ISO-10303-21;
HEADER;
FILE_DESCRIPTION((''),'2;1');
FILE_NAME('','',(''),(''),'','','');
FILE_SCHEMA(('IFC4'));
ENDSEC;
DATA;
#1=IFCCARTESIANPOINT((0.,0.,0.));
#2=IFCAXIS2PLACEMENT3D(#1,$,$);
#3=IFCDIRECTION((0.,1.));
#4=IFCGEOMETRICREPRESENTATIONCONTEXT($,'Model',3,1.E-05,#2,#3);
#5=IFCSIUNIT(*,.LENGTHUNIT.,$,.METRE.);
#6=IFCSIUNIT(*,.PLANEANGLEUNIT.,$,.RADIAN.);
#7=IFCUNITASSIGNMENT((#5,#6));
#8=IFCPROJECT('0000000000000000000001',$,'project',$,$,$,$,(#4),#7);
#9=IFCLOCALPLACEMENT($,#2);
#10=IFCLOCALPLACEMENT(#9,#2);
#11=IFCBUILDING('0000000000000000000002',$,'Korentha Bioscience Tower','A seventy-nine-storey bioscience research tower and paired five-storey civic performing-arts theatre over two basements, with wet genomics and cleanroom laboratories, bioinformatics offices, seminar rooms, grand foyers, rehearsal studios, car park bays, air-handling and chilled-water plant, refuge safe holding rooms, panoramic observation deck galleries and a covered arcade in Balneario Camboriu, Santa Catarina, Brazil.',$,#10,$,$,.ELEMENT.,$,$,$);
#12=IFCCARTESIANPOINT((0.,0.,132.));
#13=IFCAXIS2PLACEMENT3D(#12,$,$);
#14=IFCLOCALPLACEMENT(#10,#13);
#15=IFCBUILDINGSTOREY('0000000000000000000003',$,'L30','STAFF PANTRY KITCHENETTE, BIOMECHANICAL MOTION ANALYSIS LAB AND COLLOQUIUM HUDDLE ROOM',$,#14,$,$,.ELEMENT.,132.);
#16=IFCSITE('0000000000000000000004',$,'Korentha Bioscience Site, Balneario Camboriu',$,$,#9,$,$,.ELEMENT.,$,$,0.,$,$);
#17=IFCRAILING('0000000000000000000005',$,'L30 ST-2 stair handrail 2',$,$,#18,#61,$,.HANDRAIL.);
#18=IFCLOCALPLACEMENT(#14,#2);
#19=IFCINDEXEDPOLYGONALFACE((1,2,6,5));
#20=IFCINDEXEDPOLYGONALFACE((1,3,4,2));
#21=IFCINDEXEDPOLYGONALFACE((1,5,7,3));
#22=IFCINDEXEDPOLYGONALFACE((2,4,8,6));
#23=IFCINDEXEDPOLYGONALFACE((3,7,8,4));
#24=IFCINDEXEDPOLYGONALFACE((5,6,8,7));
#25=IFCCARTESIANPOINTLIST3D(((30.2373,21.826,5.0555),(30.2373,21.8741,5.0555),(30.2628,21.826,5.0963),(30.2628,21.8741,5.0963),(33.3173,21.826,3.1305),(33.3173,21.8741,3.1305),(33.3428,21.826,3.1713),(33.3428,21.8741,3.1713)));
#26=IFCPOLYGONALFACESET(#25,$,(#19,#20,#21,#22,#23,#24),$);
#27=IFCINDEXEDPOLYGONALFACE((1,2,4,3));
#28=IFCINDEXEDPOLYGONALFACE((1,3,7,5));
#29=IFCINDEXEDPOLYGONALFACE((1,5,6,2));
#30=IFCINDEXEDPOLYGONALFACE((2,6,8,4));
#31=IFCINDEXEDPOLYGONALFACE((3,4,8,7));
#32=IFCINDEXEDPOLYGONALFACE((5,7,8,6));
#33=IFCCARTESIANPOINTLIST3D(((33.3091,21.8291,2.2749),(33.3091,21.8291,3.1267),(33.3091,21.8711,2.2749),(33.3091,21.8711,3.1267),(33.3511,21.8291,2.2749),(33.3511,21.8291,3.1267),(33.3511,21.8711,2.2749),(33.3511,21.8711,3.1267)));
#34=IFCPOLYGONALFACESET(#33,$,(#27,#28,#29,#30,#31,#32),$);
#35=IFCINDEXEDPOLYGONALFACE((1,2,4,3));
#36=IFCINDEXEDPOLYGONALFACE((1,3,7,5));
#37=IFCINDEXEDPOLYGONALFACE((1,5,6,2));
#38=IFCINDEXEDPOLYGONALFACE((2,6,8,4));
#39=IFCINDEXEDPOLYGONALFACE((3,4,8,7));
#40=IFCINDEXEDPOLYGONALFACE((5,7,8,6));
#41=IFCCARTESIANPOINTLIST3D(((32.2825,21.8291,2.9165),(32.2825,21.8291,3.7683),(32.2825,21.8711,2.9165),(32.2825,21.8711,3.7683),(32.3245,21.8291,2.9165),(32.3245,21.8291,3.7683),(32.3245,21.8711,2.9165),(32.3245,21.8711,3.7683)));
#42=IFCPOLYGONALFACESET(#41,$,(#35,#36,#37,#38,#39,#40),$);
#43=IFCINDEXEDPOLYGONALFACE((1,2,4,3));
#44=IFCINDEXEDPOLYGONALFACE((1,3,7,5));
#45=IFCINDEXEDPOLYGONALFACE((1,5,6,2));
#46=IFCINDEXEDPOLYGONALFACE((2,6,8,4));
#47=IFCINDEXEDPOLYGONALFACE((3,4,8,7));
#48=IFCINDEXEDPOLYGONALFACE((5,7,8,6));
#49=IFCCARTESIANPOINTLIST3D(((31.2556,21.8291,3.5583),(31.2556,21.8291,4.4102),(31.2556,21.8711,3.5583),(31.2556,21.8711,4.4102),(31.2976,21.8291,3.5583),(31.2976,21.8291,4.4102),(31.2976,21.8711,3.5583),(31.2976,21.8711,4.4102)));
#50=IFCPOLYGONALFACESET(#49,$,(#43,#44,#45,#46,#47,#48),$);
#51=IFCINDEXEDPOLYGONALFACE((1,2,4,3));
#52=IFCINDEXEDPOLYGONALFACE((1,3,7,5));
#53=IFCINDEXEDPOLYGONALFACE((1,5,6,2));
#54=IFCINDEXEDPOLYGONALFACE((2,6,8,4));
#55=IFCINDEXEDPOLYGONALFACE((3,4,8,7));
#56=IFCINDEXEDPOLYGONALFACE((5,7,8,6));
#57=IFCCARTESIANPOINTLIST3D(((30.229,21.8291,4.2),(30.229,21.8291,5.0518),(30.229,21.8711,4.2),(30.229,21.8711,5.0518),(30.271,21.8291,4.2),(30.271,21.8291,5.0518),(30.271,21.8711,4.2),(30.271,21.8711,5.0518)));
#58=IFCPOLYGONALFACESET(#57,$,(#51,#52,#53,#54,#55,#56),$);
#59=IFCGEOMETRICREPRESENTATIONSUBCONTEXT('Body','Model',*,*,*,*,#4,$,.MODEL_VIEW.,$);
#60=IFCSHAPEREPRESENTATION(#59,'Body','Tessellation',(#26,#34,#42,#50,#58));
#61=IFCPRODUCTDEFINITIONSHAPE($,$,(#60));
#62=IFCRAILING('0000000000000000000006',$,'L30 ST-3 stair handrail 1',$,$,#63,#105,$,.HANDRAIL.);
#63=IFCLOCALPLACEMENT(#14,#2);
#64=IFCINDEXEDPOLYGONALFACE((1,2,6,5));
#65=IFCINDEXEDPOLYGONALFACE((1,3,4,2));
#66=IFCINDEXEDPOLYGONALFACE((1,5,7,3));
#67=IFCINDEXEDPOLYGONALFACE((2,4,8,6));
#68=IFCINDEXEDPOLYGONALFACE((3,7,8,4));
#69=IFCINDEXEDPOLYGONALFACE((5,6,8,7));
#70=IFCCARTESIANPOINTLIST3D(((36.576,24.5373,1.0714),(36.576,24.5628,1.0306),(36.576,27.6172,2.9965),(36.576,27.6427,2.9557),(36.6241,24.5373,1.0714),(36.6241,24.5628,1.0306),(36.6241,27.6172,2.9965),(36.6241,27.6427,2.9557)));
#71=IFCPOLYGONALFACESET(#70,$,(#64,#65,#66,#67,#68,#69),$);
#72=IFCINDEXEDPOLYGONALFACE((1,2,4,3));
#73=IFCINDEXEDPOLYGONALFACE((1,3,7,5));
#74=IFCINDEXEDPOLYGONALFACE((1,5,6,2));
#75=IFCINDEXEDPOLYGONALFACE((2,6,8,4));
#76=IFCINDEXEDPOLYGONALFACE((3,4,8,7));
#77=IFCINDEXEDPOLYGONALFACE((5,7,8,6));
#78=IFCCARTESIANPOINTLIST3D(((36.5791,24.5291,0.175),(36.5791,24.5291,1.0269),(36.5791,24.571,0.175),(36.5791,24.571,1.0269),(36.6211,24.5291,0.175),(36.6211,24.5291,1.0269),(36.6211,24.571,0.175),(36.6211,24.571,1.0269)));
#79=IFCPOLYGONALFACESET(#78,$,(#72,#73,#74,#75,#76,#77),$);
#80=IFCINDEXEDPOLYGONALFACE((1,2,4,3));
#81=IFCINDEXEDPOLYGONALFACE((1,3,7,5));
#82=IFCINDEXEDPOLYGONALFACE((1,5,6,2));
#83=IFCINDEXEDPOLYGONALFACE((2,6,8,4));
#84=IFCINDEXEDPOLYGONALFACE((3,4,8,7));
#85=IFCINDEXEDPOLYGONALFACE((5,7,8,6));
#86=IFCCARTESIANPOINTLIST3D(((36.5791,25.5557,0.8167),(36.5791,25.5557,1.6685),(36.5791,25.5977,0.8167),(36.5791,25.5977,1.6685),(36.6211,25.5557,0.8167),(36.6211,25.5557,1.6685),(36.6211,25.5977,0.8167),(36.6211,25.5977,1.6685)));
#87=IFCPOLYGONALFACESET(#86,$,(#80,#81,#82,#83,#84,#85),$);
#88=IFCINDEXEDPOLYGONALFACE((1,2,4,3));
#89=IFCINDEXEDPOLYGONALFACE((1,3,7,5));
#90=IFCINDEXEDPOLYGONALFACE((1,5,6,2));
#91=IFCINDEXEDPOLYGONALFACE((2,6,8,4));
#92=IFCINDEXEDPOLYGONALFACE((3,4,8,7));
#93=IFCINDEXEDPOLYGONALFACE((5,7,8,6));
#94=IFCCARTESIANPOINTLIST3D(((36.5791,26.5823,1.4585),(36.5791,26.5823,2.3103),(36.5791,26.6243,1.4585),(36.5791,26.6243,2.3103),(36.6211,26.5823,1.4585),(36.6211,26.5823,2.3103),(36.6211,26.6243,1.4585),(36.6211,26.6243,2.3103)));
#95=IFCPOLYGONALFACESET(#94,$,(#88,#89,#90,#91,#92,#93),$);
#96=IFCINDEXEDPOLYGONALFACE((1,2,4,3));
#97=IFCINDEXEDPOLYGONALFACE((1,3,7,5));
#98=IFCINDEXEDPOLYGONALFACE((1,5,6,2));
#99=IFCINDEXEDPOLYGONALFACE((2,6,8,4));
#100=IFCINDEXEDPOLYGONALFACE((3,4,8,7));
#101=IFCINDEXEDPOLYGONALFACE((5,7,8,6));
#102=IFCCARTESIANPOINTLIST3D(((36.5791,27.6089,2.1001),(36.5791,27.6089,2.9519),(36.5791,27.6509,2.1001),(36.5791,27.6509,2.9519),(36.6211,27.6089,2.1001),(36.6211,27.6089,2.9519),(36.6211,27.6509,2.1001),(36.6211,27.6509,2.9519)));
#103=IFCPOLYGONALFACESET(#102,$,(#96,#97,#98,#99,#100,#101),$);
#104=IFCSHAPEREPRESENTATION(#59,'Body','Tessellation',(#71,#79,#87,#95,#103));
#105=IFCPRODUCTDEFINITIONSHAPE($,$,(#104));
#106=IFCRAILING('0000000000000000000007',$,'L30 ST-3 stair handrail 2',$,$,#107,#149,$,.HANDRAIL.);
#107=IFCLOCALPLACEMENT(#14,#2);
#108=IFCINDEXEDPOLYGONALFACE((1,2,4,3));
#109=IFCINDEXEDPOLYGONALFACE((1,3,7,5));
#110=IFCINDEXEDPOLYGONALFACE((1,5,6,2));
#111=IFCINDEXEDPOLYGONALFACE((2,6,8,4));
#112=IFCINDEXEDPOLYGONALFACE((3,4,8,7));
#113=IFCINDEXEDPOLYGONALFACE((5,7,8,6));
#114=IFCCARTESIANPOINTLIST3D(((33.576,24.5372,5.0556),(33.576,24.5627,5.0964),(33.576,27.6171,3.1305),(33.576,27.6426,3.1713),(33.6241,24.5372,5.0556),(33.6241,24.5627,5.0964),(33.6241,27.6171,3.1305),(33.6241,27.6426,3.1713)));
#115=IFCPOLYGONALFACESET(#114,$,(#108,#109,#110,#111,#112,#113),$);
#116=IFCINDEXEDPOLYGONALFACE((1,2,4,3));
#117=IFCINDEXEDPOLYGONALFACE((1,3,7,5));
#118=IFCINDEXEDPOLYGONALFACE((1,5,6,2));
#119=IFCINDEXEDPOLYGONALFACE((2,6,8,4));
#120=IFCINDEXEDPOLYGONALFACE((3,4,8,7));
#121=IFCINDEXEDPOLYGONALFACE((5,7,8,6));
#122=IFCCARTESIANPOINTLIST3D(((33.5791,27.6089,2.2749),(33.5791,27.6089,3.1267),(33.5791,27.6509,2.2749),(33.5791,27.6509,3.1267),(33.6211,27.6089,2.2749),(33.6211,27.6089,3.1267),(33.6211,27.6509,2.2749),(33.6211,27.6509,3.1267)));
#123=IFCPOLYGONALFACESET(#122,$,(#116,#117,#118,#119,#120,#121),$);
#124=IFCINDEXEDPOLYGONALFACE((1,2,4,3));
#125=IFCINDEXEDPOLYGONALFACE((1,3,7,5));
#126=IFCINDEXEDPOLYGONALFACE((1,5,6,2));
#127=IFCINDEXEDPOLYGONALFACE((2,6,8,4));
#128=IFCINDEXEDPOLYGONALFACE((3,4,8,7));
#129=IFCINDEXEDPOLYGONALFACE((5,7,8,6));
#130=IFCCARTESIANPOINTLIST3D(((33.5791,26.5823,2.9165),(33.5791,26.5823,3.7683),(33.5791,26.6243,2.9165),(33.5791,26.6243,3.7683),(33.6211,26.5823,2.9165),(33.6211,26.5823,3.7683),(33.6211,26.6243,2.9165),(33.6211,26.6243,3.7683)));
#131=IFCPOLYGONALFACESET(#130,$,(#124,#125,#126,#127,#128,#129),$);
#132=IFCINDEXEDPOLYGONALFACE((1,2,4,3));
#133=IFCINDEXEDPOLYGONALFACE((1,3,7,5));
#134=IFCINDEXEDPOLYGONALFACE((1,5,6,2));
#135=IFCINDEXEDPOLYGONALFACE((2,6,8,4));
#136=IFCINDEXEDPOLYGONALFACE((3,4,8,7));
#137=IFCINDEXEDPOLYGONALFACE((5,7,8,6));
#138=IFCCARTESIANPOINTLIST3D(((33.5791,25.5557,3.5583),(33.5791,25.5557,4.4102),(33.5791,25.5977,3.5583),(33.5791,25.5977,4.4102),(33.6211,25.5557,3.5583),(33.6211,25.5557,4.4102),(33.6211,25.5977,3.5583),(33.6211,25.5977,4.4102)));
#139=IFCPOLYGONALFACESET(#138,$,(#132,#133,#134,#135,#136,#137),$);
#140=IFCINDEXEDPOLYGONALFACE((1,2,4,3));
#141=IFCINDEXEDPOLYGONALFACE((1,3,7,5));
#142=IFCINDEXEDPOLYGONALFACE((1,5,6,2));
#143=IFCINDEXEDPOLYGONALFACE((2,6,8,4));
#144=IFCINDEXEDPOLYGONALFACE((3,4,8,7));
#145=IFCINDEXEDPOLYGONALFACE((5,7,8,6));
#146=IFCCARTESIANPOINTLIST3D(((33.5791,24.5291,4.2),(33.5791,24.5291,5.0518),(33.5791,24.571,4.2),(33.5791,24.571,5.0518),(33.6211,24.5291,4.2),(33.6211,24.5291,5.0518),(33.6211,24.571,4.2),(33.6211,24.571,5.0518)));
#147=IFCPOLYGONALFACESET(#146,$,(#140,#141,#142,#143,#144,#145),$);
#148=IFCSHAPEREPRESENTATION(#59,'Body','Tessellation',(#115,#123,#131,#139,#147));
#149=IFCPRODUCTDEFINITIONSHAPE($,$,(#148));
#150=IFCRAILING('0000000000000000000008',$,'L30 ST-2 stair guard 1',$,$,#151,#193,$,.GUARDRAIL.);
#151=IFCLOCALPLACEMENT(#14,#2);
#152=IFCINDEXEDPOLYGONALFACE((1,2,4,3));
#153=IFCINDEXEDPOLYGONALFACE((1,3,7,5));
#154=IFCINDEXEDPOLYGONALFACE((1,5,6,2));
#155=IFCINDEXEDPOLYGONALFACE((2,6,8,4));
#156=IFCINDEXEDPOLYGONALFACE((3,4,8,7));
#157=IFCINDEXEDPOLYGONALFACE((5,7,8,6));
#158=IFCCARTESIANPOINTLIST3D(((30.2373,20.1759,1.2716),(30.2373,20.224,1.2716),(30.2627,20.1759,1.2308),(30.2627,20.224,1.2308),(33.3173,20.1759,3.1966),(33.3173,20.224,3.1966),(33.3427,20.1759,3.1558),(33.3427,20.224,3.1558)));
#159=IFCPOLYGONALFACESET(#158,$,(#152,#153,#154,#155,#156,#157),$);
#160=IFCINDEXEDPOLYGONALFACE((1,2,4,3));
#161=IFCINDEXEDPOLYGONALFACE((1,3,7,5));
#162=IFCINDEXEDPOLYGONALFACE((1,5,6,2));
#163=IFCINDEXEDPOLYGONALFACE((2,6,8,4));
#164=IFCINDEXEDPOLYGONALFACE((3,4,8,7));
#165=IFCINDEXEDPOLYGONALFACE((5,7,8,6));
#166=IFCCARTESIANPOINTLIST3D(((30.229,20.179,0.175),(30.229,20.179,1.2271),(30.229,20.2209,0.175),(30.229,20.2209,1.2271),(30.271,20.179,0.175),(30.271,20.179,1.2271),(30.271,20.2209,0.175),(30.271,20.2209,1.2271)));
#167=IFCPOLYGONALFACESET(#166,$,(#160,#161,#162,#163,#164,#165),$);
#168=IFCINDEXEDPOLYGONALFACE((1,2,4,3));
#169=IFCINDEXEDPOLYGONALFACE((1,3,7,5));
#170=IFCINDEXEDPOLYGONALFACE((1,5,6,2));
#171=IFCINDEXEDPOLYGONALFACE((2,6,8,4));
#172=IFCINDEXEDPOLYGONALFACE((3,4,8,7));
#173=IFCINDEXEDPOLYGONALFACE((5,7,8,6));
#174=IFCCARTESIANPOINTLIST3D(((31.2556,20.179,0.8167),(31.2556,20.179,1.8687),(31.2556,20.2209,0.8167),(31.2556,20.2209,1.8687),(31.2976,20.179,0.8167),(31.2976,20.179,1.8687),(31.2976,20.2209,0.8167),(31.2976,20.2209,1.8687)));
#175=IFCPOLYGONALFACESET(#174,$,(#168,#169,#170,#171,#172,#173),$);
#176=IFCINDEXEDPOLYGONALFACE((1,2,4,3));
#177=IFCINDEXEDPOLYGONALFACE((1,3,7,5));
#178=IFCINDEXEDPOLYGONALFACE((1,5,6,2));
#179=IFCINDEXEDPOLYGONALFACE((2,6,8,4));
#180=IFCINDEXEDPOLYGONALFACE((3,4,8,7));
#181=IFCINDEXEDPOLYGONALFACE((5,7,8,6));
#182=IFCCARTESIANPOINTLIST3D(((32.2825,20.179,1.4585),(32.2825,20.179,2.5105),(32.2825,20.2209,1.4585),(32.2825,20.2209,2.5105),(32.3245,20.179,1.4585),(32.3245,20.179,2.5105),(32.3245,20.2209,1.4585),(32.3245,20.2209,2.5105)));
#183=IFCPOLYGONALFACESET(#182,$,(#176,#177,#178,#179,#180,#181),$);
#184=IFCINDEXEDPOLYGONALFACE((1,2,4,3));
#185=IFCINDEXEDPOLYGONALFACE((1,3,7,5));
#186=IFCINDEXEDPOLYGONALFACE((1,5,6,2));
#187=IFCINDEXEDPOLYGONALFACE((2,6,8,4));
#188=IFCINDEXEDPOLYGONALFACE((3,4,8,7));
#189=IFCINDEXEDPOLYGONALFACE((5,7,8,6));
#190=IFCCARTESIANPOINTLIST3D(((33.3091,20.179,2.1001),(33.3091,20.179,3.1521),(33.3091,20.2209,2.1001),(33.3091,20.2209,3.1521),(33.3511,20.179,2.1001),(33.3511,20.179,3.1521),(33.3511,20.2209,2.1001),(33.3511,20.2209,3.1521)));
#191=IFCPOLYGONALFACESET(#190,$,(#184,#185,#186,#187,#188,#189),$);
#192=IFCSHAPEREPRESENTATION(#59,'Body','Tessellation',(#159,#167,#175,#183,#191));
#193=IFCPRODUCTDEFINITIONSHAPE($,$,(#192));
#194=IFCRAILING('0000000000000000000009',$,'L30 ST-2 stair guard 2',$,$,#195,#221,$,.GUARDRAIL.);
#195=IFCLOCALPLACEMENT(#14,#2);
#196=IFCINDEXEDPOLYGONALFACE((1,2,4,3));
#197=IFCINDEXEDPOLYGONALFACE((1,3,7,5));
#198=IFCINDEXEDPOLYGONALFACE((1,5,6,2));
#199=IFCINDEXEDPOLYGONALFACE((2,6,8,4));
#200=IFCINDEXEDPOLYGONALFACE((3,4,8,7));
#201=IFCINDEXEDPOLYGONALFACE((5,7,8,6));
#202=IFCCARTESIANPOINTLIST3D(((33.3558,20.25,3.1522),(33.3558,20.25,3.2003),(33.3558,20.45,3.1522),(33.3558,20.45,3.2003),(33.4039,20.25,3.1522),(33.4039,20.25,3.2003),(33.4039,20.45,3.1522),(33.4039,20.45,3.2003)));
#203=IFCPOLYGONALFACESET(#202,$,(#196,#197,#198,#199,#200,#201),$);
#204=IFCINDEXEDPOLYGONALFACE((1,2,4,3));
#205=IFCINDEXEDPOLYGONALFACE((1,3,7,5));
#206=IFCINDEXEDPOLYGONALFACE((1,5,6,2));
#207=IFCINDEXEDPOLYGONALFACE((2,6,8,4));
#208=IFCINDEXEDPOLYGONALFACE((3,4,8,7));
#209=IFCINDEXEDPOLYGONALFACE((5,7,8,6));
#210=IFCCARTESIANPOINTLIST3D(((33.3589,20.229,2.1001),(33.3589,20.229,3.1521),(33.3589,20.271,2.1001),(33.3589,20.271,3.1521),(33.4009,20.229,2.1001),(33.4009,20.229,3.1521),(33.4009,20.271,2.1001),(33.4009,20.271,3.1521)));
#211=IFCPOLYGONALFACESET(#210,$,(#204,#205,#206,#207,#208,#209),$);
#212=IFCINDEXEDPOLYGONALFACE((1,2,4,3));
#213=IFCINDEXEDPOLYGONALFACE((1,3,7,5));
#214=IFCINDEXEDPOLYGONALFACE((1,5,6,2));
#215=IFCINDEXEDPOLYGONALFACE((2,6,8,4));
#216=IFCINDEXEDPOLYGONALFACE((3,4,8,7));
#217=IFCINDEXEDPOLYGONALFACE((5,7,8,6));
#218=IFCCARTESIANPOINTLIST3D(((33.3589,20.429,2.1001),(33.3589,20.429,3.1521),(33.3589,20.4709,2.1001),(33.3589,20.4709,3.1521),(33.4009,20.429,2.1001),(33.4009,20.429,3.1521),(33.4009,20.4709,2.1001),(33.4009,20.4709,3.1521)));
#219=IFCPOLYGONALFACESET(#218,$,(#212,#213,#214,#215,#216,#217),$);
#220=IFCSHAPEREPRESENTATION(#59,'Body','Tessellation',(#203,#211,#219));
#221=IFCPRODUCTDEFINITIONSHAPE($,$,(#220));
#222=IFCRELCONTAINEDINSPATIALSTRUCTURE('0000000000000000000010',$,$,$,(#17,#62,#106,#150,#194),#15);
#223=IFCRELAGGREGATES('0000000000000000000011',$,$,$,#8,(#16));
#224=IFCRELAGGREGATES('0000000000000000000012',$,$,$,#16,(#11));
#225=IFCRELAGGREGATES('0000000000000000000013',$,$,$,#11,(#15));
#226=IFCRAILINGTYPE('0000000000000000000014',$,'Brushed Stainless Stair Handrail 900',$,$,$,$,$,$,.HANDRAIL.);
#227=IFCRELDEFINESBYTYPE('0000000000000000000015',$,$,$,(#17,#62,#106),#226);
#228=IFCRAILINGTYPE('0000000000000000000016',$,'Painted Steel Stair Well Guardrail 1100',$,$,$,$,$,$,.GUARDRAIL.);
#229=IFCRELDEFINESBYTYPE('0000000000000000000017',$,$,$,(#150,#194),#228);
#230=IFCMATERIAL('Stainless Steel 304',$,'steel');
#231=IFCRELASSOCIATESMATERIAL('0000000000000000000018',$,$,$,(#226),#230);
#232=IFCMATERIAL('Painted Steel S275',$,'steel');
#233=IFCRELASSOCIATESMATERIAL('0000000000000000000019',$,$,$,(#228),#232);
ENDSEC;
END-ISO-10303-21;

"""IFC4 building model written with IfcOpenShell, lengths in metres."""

from ifc_helpers import new_model, si_unit, direction, frame, origin, origin_2d, place, context, subcontext, project, spatial, rectangle, extrude, material, type_object, element, save


model = new_model("IFC4")

# Units and contexts
model_context = context("Model", 3, precision=1e-05, world=origin(), true_north=direction((0.0, 1.0)))
body_context = subcontext(model_context, "Body", "Model", "MODEL_VIEW")
ifc_project = project(units=[si_unit("LENGTHUNIT", "METRE"), si_unit("PLANEANGLEUNIT", "RADIAN")], contexts=[model_context])

# Site, building, storey
site_placement = place(None, origin())
site = spatial("IfcSite", under=ifc_project, at=site_placement, Name="Korentha Bioscience Site, Balneario Camboriu", CompositionType="ELEMENT", RefElevation=0.0)
building_placement = place(site_placement, origin())
building = spatial("IfcBuilding", under=site, at=building_placement, Name="Korentha Bioscience Tower", Description="A seventy-nine-storey bioscience research tower and paired five-storey civic performing-arts theatre over two basements, with wet genomics and cleanroom laboratories, bioinformatics offices, seminar rooms, grand foyers, rehearsal studios, car park bays, air-handling and chilled-water plant, refuge safe holding rooms, panoramic observation deck galleries and a covered arcade in Balneario Camboriu, Santa Catarina, Brazil.", CompositionType="ELEMENT")
storey_placement = place(building_placement, frame((0.0, 0.0, 132.0)))
storey = spatial("IfcBuildingStorey", under=building, at=storey_placement, Name="L30", Description="STAFF PANTRY KITCHENETTE, BIOMECHANICAL MOTION ANALYSIS LAB AND COLLOQUIUM HUDDLE ROOM", CompositionType="ELEMENT", Elevation=132.0)

# Railings
ifc_material_1 = material(Name="Stainless Steel 304", Category="steel")
railing_type_1 = type_object("IfcRailingType", Name="Brushed Stainless Stair Handrail 900", PredefinedType="HANDRAIL", material=ifc_material_1)
railing_1_placement = place(storey_placement, frame((33.3301, 21.8501, 2.2749)))
element("IfcRailing", 1, at=railing_1_placement, inside=storey, type_object=railing_type_1, Name="L30 ST-2 stair handrail 2", PredefinedType="HANDRAIL", context=body_context, shape_type="SweptSolid", body=[
    extrude(rectangle(XDim=0.0481, YDim=0.0481, at=origin_2d()), frame((0.0, 0.0, 0.876), z_axis=(-0.847998, 0.0, 0.529999), x_axis=(0.0, -1.0, 0.0)), (0.0, 0.0, 1.0), 3.6321),
    extrude(rectangle(XDim=0.042, YDim=0.042, at=origin_2d()), origin(), (0.0, 0.0, 1.0), 0.8518),
    extrude(rectangle(XDim=0.042, YDim=0.042, at=origin_2d()), frame((-1.0266, 0.0, 0.6416)), (0.0, 0.0, 1.0), 0.8518),
    extrude(rectangle(XDim=0.042, YDim=0.042, at=origin_2d()), frame((-2.0535, 0.0, 1.2834)), (0.0, 0.0, 1.0), 0.8518),
    extrude(rectangle(XDim=0.042, YDim=0.042, at=origin_2d()), frame((-3.0801, 0.0, 1.925)), (0.0, 0.0, 1.0), 0.8518),
])
railing_2_placement = place(storey_placement, frame((36.6001, 24.55, 0.175)))
element("IfcRailing", 2, at=railing_2_placement, inside=storey, type_object=railing_type_1, Name="L30 ST-3 stair handrail 1", PredefinedType="HANDRAIL", context=body_context, shape_type="SweptSolid", body=[
    extrude(rectangle(XDim=0.0481, YDim=0.0481, at=origin_2d()), frame((0.0, 0.0, 0.876), z_axis=(0.0, 0.847979, 0.530029), x_axis=(-1.0, 0.0, 0.0)), (0.0, 0.0, 1.0), 3.6321),
    extrude(rectangle(XDim=0.042, YDim=0.042, at=origin_2d()), origin(), (0.0, 0.0, 1.0), 0.8518),
    extrude(rectangle(XDim=0.042, YDim=0.042, at=origin_2d()), frame((0.0, 1.0266, 0.6416)), (0.0, 0.0, 1.0), 0.8518),
    extrude(rectangle(XDim=0.042, YDim=0.042, at=origin_2d()), frame((0.0, 2.0532, 1.2834)), (0.0, 0.0, 1.0), 0.8518),
    extrude(rectangle(XDim=0.042, YDim=0.042, at=origin_2d()), frame((0.0, 3.0798, 1.925)), (0.0, 0.0, 1.0), 0.8518),
])
railing_3_placement = place(storey_placement, frame((33.6001, 27.6299, 2.2749)))
element("IfcRailing", 3, at=railing_3_placement, inside=storey, type_object=railing_type_1, Name="L30 ST-3 stair handrail 2", PredefinedType="HANDRAIL", context=body_context, shape_type="SweptSolid", body=[
    extrude(rectangle(XDim=0.0481, YDim=0.0481, at=origin_2d()), frame((0.0, 0.0, 0.876), z_axis=(0.0, -0.847979, 0.530029), x_axis=(1.0, 0.0, 0.0)), (0.0, 0.0, 1.0), 3.6321),
    extrude(rectangle(XDim=0.042, YDim=0.042, at=origin_2d()), origin(), (0.0, 0.0, 1.0), 0.8518),
    extrude(rectangle(XDim=0.042, YDim=0.042, at=origin_2d()), frame((0.0, -1.0266, 0.6416)), (0.0, 0.0, 1.0), 0.8518),
    extrude(rectangle(XDim=0.042, YDim=0.042, at=origin_2d()), frame((0.0, -2.0532, 1.2834)), (0.0, 0.0, 1.0), 0.8518),
    extrude(rectangle(XDim=0.042, YDim=0.042, at=origin_2d()), frame((0.0, -3.0798, 1.925)), (0.0, 0.0, 1.0), 0.8518),
])
ifc_material_2 = material(Name="Painted Steel S275", Category="steel")
railing_type_2 = type_object("IfcRailingType", Name="Painted Steel Stair Well Guardrail 1100", PredefinedType="GUARDRAIL", material=ifc_material_2)
railing_4_placement = place(storey_placement, frame((30.25, 20.2, 0.175)))
element("IfcRailing", 4, at=railing_4_placement, inside=storey, type_object=railing_type_2, Name="L30 ST-2 stair guard 1", PredefinedType="GUARDRAIL", context=body_context, shape_type="SweptSolid", body=[
    extrude(rectangle(XDim=0.0481, YDim=0.0481, at=origin_2d()), frame((0.0, 0.0, 1.0762), z_axis=(0.847998, 0.0, 0.529999), x_axis=(0.0, 1.0, 0.0)), (0.0, 0.0, 1.0), 3.6321),
    extrude(rectangle(XDim=0.042, YDim=0.042, at=origin_2d()), origin(), (0.0, 0.0, 1.0), 1.052),
    extrude(rectangle(XDim=0.042, YDim=0.042, at=origin_2d()), frame((1.0266, 0.0, 0.6416)), (0.0, 0.0, 1.0), 1.052),
    extrude(rectangle(XDim=0.042, YDim=0.042, at=origin_2d()), frame((2.0535, 0.0, 1.2834)), (0.0, 0.0, 1.0), 1.052),
    extrude(rectangle(XDim=0.042, YDim=0.042, at=origin_2d()), frame((3.0801, 0.0, 1.925)), (0.0, 0.0, 1.0), 1.052),
])
railing_5_placement = place(storey_placement, frame((33.3799, 20.25, 2.1001)))
element("IfcRailing", 5, at=railing_5_placement, inside=storey, type_object=railing_type_2, Name="L30 ST-2 stair guard 2", PredefinedType="GUARDRAIL", context=body_context, shape_type="SweptSolid", body=[
    extrude(rectangle(XDim=0.0481, YDim=0.0481, at=origin_2d()), frame((0.0, 0.0, 1.0762), z_axis=(0.0, 1.0, 0.0), x_axis=(-1.0, 0.0, 0.0)), (0.0, 0.0, 1.0), 0.2),
    extrude(rectangle(XDim=0.042, YDim=0.042, at=origin_2d()), origin(), (0.0, 0.0, 1.0), 1.052),
    extrude(rectangle(XDim=0.042, YDim=0.042, at=origin_2d()), frame((0.0, 0.2, 0.0)), (0.0, 0.0, 1.0), 1.052),
])

save(model, "model.ifc")
